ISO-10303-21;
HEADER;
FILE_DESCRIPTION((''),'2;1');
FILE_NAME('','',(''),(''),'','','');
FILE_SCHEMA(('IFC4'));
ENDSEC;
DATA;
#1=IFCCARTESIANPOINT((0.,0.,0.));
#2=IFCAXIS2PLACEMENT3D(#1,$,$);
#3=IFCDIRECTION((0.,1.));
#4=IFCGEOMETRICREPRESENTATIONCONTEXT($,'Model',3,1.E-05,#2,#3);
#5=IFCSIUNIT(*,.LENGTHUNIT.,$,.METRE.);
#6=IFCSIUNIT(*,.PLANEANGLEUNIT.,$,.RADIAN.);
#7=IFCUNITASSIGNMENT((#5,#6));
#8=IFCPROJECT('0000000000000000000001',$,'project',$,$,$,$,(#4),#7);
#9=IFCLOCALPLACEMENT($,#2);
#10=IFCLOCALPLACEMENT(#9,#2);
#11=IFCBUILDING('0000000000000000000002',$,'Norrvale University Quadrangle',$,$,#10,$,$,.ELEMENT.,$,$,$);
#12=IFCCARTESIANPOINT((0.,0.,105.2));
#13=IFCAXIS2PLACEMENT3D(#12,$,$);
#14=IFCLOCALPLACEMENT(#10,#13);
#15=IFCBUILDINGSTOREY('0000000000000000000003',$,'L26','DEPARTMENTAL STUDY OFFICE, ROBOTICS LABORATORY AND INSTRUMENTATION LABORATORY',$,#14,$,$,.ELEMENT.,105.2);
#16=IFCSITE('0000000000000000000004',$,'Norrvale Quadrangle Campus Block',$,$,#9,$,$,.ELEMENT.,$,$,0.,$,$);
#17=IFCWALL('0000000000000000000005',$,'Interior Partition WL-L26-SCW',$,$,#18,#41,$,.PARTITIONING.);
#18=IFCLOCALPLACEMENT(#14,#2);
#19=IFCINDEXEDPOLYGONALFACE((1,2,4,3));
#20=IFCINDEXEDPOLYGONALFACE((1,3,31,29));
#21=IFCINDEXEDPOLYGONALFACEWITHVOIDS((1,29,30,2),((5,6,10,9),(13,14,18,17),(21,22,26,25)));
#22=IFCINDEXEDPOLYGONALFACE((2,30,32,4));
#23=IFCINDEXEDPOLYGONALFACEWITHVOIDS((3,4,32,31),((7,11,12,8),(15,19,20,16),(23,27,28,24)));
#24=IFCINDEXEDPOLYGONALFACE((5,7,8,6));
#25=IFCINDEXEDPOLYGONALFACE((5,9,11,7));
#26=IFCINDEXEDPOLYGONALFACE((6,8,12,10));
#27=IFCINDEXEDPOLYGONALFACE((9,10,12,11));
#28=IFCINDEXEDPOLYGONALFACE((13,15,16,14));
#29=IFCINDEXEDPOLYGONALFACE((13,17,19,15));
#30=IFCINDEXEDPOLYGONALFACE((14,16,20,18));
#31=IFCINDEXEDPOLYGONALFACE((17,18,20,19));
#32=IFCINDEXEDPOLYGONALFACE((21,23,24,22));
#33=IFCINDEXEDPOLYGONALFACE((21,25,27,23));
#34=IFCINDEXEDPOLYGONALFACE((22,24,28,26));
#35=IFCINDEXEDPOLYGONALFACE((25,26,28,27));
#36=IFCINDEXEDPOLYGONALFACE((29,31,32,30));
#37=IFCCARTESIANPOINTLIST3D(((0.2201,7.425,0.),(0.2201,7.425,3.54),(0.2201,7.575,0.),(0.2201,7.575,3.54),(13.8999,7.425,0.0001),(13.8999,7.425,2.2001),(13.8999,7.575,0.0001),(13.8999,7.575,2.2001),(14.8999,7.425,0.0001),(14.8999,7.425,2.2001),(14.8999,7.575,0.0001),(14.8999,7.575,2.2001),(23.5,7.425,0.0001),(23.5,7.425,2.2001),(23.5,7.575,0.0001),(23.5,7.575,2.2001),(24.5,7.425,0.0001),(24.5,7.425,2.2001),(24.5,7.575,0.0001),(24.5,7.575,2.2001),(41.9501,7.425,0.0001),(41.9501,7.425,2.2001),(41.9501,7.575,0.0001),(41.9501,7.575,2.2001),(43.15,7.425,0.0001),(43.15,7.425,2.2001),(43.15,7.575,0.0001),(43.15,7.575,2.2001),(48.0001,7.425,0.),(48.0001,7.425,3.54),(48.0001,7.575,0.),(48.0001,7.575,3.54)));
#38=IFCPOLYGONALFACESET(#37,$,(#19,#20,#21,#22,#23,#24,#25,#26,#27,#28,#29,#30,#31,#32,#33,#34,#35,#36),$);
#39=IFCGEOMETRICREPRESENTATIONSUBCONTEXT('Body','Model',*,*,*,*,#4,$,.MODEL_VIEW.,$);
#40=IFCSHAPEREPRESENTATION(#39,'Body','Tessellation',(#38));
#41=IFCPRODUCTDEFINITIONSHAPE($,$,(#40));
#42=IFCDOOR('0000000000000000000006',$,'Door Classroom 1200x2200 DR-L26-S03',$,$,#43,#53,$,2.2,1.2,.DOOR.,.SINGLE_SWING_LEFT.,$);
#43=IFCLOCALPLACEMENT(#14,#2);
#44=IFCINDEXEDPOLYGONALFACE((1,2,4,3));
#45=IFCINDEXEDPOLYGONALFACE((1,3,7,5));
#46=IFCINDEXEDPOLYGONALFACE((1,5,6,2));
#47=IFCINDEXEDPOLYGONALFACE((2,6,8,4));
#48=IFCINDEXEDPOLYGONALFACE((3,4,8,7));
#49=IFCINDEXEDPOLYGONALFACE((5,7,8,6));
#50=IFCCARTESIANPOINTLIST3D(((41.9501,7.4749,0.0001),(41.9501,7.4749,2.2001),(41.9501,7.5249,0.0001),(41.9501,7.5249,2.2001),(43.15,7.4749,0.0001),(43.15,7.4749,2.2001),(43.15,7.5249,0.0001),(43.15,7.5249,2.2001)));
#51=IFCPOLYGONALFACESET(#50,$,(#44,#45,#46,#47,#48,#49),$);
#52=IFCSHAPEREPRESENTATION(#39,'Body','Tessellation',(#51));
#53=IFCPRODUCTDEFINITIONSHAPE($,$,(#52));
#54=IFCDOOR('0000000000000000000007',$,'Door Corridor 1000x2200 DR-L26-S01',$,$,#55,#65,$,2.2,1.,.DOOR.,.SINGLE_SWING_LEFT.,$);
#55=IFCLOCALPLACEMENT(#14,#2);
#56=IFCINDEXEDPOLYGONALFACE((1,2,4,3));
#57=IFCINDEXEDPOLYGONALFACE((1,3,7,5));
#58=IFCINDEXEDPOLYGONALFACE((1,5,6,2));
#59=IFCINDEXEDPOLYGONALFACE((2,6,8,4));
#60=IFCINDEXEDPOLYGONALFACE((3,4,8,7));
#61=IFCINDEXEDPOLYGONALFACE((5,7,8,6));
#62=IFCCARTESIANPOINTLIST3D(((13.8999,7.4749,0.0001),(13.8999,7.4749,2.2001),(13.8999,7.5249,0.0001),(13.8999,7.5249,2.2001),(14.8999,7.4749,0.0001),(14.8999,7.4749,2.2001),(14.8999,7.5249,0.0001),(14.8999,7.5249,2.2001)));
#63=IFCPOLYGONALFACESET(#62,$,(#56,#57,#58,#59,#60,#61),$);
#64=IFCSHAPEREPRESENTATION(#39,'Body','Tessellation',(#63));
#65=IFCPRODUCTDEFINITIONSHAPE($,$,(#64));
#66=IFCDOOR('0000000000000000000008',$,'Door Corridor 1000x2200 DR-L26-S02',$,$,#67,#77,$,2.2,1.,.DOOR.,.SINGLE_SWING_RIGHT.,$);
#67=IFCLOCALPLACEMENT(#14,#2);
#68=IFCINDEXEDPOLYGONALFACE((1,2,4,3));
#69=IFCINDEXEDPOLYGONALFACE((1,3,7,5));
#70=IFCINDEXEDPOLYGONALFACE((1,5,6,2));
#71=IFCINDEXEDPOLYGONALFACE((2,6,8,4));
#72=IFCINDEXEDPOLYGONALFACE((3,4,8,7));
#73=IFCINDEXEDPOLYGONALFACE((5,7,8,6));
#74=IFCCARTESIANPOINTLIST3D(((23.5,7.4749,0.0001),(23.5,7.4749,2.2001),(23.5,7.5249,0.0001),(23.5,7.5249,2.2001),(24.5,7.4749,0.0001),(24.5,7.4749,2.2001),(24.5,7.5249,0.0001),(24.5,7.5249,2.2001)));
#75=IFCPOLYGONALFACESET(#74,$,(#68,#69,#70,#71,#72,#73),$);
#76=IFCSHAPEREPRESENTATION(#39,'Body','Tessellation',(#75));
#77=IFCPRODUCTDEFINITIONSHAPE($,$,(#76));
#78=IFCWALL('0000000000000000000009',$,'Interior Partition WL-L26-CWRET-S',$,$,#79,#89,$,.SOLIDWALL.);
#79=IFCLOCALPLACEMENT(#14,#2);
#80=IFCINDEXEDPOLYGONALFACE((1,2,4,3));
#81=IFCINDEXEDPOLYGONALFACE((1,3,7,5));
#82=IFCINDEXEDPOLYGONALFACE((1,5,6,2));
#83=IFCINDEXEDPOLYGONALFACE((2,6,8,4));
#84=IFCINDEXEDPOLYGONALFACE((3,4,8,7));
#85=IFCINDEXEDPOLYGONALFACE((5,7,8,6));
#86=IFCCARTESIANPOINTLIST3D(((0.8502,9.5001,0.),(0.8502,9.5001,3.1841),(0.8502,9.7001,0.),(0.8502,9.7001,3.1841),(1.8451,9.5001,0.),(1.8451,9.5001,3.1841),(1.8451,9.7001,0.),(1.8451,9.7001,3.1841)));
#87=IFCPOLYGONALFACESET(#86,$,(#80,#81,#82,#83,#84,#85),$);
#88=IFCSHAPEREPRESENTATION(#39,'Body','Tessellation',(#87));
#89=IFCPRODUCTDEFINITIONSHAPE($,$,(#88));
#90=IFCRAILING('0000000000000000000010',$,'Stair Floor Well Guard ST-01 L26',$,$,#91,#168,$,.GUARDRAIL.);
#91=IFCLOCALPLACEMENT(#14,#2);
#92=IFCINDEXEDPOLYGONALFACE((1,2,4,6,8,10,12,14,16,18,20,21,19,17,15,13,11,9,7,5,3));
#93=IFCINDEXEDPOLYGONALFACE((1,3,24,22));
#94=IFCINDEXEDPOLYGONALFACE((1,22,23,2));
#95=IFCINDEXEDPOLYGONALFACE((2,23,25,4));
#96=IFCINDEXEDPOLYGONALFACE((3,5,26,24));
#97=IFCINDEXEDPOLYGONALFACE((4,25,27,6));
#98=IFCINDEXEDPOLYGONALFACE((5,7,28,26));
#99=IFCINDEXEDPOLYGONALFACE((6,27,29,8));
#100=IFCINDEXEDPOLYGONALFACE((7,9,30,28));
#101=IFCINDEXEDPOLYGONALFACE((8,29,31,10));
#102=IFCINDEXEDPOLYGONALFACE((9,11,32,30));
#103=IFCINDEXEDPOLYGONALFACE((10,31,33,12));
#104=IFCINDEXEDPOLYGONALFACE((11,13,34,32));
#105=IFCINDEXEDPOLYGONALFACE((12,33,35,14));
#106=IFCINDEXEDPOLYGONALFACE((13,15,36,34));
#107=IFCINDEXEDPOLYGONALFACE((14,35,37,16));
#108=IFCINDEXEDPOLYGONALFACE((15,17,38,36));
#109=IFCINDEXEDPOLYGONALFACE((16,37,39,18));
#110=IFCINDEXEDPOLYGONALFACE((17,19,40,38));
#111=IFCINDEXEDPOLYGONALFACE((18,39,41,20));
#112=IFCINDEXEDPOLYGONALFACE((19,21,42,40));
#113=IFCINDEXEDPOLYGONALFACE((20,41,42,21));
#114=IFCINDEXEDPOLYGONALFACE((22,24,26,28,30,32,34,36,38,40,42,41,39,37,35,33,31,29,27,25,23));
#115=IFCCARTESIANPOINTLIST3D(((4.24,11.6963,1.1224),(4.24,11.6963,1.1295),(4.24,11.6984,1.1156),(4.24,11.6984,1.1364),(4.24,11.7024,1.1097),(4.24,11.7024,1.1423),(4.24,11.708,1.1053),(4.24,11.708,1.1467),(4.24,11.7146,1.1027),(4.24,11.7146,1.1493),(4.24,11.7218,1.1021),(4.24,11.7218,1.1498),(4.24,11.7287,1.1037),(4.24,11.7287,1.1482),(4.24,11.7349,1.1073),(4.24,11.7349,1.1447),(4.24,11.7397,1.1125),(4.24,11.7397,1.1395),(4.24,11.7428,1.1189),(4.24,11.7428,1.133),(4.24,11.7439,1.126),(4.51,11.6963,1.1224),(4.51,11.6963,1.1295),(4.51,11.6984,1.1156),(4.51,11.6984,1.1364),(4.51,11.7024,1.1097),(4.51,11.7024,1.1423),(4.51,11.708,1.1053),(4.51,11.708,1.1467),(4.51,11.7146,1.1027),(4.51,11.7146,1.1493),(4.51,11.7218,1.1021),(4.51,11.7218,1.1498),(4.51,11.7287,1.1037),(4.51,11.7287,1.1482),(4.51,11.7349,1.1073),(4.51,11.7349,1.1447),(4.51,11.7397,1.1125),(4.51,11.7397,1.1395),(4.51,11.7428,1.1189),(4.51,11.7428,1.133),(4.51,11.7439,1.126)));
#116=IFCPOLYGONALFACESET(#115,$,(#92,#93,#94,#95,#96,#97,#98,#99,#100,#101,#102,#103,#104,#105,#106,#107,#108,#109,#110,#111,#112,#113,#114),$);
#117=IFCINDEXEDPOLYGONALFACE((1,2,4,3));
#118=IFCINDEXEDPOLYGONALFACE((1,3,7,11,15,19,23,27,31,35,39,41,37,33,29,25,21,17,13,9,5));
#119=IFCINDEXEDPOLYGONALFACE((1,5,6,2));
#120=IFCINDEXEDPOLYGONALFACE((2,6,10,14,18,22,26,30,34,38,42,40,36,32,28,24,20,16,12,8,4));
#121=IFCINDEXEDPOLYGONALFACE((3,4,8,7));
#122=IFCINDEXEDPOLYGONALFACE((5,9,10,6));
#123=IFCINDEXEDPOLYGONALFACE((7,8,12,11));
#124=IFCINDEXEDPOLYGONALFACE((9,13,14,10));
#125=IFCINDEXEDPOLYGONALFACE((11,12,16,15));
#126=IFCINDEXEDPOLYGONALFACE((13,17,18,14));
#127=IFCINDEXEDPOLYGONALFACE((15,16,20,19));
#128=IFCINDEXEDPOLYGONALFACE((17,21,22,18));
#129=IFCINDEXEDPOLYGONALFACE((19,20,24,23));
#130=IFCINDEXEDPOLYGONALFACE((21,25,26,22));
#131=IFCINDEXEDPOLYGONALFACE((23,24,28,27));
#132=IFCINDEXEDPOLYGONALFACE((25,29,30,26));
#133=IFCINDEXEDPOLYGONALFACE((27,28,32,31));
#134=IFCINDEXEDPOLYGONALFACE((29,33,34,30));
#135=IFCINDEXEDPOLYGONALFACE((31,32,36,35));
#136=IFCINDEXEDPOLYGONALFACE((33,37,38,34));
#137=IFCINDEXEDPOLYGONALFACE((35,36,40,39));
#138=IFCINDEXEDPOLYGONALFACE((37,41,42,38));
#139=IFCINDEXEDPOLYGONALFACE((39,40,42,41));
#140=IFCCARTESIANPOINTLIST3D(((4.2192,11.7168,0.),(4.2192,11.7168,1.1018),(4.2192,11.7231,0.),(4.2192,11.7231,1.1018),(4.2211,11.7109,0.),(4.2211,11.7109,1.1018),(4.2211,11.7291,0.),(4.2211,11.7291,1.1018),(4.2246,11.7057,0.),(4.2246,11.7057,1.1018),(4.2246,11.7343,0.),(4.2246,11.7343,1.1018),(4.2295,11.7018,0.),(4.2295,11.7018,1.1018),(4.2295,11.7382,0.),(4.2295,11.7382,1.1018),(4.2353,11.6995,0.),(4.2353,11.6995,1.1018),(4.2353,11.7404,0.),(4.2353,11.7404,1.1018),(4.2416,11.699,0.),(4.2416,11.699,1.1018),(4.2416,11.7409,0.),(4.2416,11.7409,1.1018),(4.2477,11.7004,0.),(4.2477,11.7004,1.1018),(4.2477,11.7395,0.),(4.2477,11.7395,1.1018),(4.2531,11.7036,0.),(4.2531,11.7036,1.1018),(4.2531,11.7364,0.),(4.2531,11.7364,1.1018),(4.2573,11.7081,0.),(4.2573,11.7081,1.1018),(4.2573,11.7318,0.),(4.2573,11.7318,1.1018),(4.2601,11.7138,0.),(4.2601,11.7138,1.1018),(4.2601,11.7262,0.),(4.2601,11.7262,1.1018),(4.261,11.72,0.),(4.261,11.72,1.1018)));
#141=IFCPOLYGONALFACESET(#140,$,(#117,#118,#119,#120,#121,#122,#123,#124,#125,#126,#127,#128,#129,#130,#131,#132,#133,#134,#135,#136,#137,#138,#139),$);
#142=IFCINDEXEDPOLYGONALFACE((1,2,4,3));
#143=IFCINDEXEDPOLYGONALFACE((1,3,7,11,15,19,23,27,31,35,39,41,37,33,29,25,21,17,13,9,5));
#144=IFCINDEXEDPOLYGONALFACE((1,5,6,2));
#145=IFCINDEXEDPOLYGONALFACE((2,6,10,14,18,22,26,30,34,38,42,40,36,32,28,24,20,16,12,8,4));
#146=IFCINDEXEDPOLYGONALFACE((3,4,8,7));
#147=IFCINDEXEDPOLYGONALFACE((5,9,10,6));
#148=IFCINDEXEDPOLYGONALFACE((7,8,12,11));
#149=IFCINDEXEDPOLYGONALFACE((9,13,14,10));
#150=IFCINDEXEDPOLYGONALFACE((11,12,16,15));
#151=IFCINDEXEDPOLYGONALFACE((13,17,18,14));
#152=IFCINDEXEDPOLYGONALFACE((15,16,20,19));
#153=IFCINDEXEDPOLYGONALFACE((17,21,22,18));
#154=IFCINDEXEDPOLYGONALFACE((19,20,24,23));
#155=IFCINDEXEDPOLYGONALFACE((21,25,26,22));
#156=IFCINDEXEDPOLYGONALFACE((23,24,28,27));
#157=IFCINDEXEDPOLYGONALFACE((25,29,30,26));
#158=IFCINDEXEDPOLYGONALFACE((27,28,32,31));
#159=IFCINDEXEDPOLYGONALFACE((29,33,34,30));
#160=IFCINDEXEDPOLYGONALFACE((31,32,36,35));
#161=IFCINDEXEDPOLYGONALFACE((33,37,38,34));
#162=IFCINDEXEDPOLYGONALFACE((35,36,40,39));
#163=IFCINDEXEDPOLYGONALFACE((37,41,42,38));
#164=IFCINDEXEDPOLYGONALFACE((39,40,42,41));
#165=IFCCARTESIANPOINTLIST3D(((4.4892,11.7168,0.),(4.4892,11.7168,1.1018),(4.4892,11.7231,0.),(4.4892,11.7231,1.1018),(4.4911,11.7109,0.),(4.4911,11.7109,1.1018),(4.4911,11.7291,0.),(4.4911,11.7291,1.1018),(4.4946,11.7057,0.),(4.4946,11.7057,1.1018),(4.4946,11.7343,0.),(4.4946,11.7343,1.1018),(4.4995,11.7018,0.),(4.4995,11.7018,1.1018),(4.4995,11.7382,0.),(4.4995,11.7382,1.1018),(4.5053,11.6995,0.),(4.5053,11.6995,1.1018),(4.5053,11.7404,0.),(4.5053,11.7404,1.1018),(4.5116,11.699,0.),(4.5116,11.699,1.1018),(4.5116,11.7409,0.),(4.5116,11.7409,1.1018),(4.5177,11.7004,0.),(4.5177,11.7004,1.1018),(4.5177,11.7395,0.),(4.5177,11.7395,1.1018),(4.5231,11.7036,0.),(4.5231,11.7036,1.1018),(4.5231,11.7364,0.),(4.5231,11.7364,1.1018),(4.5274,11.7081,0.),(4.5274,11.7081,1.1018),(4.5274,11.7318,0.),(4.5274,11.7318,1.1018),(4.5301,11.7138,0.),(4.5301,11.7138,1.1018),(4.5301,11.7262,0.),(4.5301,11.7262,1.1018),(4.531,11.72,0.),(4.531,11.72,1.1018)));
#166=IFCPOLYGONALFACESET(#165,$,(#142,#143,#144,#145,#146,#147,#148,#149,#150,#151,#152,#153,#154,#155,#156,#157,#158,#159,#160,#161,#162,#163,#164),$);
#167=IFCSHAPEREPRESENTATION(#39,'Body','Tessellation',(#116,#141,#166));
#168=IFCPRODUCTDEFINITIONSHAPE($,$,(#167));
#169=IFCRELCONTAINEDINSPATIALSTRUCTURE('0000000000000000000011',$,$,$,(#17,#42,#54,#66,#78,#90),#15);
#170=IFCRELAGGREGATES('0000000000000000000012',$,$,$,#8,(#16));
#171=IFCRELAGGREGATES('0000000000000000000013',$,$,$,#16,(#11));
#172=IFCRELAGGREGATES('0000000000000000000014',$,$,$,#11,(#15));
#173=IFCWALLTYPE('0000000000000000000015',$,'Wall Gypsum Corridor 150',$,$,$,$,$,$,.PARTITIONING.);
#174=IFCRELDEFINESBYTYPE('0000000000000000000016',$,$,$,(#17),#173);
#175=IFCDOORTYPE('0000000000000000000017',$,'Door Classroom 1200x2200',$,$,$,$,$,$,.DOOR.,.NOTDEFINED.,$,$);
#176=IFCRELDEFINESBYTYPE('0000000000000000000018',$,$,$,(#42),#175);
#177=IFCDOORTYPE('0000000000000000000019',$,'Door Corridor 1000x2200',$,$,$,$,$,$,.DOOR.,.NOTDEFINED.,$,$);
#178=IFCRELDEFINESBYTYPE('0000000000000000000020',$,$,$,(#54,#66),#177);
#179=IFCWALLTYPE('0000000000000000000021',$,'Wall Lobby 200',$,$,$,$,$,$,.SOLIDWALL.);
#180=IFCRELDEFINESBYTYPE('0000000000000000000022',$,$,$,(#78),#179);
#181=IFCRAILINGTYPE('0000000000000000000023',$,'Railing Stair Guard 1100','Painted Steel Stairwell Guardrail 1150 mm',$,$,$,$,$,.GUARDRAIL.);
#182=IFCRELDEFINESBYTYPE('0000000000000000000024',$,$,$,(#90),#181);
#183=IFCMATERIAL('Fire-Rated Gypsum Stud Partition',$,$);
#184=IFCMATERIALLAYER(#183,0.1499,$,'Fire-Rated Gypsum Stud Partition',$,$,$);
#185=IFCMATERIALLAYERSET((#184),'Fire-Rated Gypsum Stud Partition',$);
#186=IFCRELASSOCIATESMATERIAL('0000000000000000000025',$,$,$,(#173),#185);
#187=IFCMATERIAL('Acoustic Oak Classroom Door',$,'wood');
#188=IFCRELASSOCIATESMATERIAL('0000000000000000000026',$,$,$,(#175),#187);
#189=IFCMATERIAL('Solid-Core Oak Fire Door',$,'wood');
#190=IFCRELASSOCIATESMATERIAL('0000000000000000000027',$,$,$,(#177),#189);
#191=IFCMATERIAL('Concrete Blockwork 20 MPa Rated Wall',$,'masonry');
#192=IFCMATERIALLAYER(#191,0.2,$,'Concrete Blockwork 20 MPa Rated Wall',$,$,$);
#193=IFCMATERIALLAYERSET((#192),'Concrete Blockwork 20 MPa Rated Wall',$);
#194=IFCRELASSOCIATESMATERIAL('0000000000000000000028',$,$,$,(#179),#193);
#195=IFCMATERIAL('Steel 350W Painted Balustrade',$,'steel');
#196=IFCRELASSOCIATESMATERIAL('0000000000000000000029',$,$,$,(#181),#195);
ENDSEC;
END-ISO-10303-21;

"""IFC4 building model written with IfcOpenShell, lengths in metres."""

from ifc_helpers import new_model, si_unit, direction, frame, frame_2d, origin, origin_2d, place, context, subcontext, project, spatial, rectangle, circle, extrude, material, layer, layer_set, type_object, element, fill, save


model = new_model("IFC4")

# Units and contexts
model_context = context("Model", 3, precision=1e-05, world=origin(), true_north=direction((0.0, 1.0)))
body_context = subcontext(model_context, "Body", "Model", "MODEL_VIEW")
ifc_project = project(units=[si_unit("LENGTHUNIT", "METRE"), si_unit("PLANEANGLEUNIT", "RADIAN")], contexts=[model_context])

# Site, building, storey
site_placement = place(None, origin())
site = spatial("IfcSite", under=ifc_project, at=site_placement, Name="Norrvale Quadrangle Campus Block", CompositionType="ELEMENT", RefElevation=0.0)
building_placement = place(site_placement, origin())
building = spatial("IfcBuilding", under=site, at=building_placement, Name="Norrvale University Quadrangle", CompositionType="ELEMENT")
storey_placement = place(building_placement, frame((0.0, 0.0, 105.2)))
storey = spatial("IfcBuildingStorey", under=building, at=storey_placement, Name="L26", Description="DEPARTMENTAL STUDY OFFICE, ROBOTICS LABORATORY AND INSTRUMENTATION LABORATORY", CompositionType="ELEMENT", Elevation=105.2)

# Wall, openings, doors
ifc_material_1 = material(Name="Fire-Rated Gypsum Stud Partition")
ifc_layer_1 = layer(ifc_material_1, 0.1499, Name="Fire-Rated Gypsum Stud Partition")
ifc_layer_set_1 = layer_set([ifc_layer_1], Name="Fire-Rated Gypsum Stud Partition")
wall_type_1 = type_object("IfcWallType", Name="Wall Gypsum Corridor 150", PredefinedType="PARTITIONING", material=ifc_layer_set_1)
wall_1_placement = place(storey_placement, frame((0.22, 7.5, 0.0), z_axis=(0.0, 0.0, 1.0), x_axis=(1.0, 0.0, 0.0)))
wall_1 = element("IfcWall", 1, at=wall_1_placement, inside=storey, type_object=wall_type_1, Name="Interior Partition WL-L26-SCW", PredefinedType="PARTITIONING", context=body_context, shape_type="SweptSolid", body=[
    extrude(rectangle(XDim=47.78, YDim=0.1499, at=frame_2d((23.8901, 0.0))), origin(), (0.0, 0.0, 1.0), 3.54),
])
opening_1_placement = place(wall_1_placement, frame((13.6799, 0.0, 0.0)))
opening_1 = element("IfcOpeningElement", 2, at=opening_1_placement, cuts=wall_1, PredefinedType="OPENING", context=body_context, shape_type="SweptSolid", body=[
    extrude(rectangle(XDim=1.0, YDim=2.2, at=frame_2d((0.5, 1.1001))), frame((0.0, 0.0869, 0.0), z_axis=(0.0, -1.0, 0.0), x_axis=(1.0, 0.0, 0.0)), (0.0, 0.0, 1.0), 0.1738),
])
opening_2_placement = place(wall_1_placement, frame((23.28, 0.0, 0.0)))
opening_2 = element("IfcOpeningElement", 3, at=opening_2_placement, cuts=wall_1, PredefinedType="OPENING", context=body_context, shape_type="SweptSolid", body=[
    extrude(rectangle(XDim=1.0, YDim=2.2, at=frame_2d((0.5, 1.1001))), frame((0.0, 0.0869, 0.0), z_axis=(0.0, -1.0, 0.0), x_axis=(1.0, 0.0, 0.0)), (0.0, 0.0, 1.0), 0.1738),
])
opening_3_placement = place(wall_1_placement, frame((41.73, 0.0, 0.0)))
opening_3 = element("IfcOpeningElement", 4, at=opening_3_placement, cuts=wall_1, PredefinedType="OPENING", context=body_context, shape_type="SweptSolid", body=[
    extrude(rectangle(XDim=1.2, YDim=2.2, at=frame_2d((0.6001, 1.1001))), frame((0.0, 0.0869, 0.0), z_axis=(0.0, -1.0, 0.0), x_axis=(1.0, 0.0, 0.0)), (0.0, 0.0, 1.0), 0.1738),
])
ifc_material_2 = material(Name="Acoustic Oak Classroom Door", Category="wood")
door_type_1 = type_object("IfcDoorType", Name="Door Classroom 1200x2200", OperationType="NOTDEFINED", PredefinedType="DOOR", material=ifc_material_2)
door_1_placement = place(opening_3_placement, origin())
door_1 = element("IfcDoor", 5, at=door_1_placement, inside=storey, type_object=door_type_1, Name="Door Classroom 1200x2200 DR-L26-S03", OperationType="SINGLE_SWING_LEFT", OverallHeight=2.2, OverallWidth=1.2, PredefinedType="DOOR", context=body_context, shape_type="SweptSolid", body=[
    extrude(rectangle(XDim=1.2, YDim=2.2, at=frame_2d((0.6001, 1.1001))), frame((0.0, 0.0249, 0.0), z_axis=(0.0, -1.0, 0.0), x_axis=(1.0, 0.0, 0.0)), (0.0, 0.0, 1.0), 0.05),
])
fill(opening_3, door_1)
ifc_material_3 = material(Name="Solid-Core Oak Fire Door", Category="wood")
door_type_2 = type_object("IfcDoorType", Name="Door Corridor 1000x2200", OperationType="NOTDEFINED", PredefinedType="DOOR", material=ifc_material_3)
door_2_placement = place(opening_1_placement, origin())
door_2 = element("IfcDoor", 6, at=door_2_placement, inside=storey, type_object=door_type_2, Name="Door Corridor 1000x2200 DR-L26-S01", OperationType="SINGLE_SWING_LEFT", OverallHeight=2.2, OverallWidth=1.0, PredefinedType="DOOR", context=body_context, shape_type="SweptSolid", body=[
    extrude(rectangle(XDim=1.0, YDim=2.2, at=frame_2d((0.5, 1.1001))), frame((0.0, 0.0249, 0.0), z_axis=(0.0, -1.0, 0.0), x_axis=(1.0, 0.0, 0.0)), (0.0, 0.0, 1.0), 0.05),
])
fill(opening_1, door_2)
door_3_placement = place(opening_2_placement, origin())
door_3 = element("IfcDoor", 7, at=door_3_placement, inside=storey, type_object=door_type_2, Name="Door Corridor 1000x2200 DR-L26-S02", OperationType="SINGLE_SWING_RIGHT", OverallHeight=2.2, OverallWidth=1.0, PredefinedType="DOOR", context=body_context, shape_type="SweptSolid", body=[
    extrude(rectangle(XDim=1.0, YDim=2.2, at=frame_2d((0.5, 1.1001))), frame((0.0, 0.0249, 0.0), z_axis=(0.0, -1.0, 0.0), x_axis=(1.0, 0.0, 0.0)), (0.0, 0.0, 1.0), 0.05),
])
fill(opening_2, door_3)

# Wall
ifc_material_4 = material(Name="Concrete Blockwork 20 MPa Rated Wall", Category="masonry")
ifc_layer_2 = layer(ifc_material_4, 0.2, Name="Concrete Blockwork 20 MPa Rated Wall")
ifc_layer_set_2 = layer_set([ifc_layer_2], Name="Concrete Blockwork 20 MPa Rated Wall")
wall_type_2 = type_object("IfcWallType", Name="Wall Lobby 200", PredefinedType="SOLIDWALL", material=ifc_layer_set_2)
wall_2_placement = place(storey_placement, frame((0.8501, 9.6001, 0.0), z_axis=(0.0, 0.0, 1.0), x_axis=(1.0, 0.0, 0.0)))
element("IfcWall", 8, at=wall_2_placement, inside=storey, type_object=wall_type_2, Name="Interior Partition WL-L26-CWRET-S", PredefinedType="SOLIDWALL", context=body_context, shape_type="SweptSolid", body=[
    extrude(rectangle(XDim=0.9949, YDim=0.2, at=frame_2d((0.4976, 0.0))), origin(), (0.0, 0.0, 1.0), 3.1841),
])

# Railing
ifc_material_5 = material(Name="Steel 350W Painted Balustrade", Category="steel")
railing_type = type_object("IfcRailingType", Name="Railing Stair Guard 1100", Description="Painted Steel Stairwell Guardrail 1150 mm", PredefinedType="GUARDRAIL", material=ifc_material_5)
railing_placement = place(storey_placement, frame((4.24, 11.72, 0.0)))
element("IfcRailing", 9, at=railing_placement, inside=storey, type_object=railing_type, Name="Stair Floor Well Guard ST-01 L26", PredefinedType="GUARDRAIL", context=body_context, shape_type="SweptSolid", body=[
    extrude(circle(Radius=0.0239, at=origin_2d()), frame((0.0, 0.0, 1.126), z_axis=(1.0, 0.0, 0.0), x_axis=(0.0, 1.0, 0.0)), (0.0, 0.0, 1.0), 0.27),
    extrude(circle(Radius=0.021, at=origin_2d()), origin(), (0.0, 0.0, 1.0), 1.1018),
    extrude(circle(Radius=0.021, at=origin_2d()), frame((0.27, 0.0, 0.0)), (0.0, 0.0, 1.0), 1.1018),
])

save(model, "model.ifc")
